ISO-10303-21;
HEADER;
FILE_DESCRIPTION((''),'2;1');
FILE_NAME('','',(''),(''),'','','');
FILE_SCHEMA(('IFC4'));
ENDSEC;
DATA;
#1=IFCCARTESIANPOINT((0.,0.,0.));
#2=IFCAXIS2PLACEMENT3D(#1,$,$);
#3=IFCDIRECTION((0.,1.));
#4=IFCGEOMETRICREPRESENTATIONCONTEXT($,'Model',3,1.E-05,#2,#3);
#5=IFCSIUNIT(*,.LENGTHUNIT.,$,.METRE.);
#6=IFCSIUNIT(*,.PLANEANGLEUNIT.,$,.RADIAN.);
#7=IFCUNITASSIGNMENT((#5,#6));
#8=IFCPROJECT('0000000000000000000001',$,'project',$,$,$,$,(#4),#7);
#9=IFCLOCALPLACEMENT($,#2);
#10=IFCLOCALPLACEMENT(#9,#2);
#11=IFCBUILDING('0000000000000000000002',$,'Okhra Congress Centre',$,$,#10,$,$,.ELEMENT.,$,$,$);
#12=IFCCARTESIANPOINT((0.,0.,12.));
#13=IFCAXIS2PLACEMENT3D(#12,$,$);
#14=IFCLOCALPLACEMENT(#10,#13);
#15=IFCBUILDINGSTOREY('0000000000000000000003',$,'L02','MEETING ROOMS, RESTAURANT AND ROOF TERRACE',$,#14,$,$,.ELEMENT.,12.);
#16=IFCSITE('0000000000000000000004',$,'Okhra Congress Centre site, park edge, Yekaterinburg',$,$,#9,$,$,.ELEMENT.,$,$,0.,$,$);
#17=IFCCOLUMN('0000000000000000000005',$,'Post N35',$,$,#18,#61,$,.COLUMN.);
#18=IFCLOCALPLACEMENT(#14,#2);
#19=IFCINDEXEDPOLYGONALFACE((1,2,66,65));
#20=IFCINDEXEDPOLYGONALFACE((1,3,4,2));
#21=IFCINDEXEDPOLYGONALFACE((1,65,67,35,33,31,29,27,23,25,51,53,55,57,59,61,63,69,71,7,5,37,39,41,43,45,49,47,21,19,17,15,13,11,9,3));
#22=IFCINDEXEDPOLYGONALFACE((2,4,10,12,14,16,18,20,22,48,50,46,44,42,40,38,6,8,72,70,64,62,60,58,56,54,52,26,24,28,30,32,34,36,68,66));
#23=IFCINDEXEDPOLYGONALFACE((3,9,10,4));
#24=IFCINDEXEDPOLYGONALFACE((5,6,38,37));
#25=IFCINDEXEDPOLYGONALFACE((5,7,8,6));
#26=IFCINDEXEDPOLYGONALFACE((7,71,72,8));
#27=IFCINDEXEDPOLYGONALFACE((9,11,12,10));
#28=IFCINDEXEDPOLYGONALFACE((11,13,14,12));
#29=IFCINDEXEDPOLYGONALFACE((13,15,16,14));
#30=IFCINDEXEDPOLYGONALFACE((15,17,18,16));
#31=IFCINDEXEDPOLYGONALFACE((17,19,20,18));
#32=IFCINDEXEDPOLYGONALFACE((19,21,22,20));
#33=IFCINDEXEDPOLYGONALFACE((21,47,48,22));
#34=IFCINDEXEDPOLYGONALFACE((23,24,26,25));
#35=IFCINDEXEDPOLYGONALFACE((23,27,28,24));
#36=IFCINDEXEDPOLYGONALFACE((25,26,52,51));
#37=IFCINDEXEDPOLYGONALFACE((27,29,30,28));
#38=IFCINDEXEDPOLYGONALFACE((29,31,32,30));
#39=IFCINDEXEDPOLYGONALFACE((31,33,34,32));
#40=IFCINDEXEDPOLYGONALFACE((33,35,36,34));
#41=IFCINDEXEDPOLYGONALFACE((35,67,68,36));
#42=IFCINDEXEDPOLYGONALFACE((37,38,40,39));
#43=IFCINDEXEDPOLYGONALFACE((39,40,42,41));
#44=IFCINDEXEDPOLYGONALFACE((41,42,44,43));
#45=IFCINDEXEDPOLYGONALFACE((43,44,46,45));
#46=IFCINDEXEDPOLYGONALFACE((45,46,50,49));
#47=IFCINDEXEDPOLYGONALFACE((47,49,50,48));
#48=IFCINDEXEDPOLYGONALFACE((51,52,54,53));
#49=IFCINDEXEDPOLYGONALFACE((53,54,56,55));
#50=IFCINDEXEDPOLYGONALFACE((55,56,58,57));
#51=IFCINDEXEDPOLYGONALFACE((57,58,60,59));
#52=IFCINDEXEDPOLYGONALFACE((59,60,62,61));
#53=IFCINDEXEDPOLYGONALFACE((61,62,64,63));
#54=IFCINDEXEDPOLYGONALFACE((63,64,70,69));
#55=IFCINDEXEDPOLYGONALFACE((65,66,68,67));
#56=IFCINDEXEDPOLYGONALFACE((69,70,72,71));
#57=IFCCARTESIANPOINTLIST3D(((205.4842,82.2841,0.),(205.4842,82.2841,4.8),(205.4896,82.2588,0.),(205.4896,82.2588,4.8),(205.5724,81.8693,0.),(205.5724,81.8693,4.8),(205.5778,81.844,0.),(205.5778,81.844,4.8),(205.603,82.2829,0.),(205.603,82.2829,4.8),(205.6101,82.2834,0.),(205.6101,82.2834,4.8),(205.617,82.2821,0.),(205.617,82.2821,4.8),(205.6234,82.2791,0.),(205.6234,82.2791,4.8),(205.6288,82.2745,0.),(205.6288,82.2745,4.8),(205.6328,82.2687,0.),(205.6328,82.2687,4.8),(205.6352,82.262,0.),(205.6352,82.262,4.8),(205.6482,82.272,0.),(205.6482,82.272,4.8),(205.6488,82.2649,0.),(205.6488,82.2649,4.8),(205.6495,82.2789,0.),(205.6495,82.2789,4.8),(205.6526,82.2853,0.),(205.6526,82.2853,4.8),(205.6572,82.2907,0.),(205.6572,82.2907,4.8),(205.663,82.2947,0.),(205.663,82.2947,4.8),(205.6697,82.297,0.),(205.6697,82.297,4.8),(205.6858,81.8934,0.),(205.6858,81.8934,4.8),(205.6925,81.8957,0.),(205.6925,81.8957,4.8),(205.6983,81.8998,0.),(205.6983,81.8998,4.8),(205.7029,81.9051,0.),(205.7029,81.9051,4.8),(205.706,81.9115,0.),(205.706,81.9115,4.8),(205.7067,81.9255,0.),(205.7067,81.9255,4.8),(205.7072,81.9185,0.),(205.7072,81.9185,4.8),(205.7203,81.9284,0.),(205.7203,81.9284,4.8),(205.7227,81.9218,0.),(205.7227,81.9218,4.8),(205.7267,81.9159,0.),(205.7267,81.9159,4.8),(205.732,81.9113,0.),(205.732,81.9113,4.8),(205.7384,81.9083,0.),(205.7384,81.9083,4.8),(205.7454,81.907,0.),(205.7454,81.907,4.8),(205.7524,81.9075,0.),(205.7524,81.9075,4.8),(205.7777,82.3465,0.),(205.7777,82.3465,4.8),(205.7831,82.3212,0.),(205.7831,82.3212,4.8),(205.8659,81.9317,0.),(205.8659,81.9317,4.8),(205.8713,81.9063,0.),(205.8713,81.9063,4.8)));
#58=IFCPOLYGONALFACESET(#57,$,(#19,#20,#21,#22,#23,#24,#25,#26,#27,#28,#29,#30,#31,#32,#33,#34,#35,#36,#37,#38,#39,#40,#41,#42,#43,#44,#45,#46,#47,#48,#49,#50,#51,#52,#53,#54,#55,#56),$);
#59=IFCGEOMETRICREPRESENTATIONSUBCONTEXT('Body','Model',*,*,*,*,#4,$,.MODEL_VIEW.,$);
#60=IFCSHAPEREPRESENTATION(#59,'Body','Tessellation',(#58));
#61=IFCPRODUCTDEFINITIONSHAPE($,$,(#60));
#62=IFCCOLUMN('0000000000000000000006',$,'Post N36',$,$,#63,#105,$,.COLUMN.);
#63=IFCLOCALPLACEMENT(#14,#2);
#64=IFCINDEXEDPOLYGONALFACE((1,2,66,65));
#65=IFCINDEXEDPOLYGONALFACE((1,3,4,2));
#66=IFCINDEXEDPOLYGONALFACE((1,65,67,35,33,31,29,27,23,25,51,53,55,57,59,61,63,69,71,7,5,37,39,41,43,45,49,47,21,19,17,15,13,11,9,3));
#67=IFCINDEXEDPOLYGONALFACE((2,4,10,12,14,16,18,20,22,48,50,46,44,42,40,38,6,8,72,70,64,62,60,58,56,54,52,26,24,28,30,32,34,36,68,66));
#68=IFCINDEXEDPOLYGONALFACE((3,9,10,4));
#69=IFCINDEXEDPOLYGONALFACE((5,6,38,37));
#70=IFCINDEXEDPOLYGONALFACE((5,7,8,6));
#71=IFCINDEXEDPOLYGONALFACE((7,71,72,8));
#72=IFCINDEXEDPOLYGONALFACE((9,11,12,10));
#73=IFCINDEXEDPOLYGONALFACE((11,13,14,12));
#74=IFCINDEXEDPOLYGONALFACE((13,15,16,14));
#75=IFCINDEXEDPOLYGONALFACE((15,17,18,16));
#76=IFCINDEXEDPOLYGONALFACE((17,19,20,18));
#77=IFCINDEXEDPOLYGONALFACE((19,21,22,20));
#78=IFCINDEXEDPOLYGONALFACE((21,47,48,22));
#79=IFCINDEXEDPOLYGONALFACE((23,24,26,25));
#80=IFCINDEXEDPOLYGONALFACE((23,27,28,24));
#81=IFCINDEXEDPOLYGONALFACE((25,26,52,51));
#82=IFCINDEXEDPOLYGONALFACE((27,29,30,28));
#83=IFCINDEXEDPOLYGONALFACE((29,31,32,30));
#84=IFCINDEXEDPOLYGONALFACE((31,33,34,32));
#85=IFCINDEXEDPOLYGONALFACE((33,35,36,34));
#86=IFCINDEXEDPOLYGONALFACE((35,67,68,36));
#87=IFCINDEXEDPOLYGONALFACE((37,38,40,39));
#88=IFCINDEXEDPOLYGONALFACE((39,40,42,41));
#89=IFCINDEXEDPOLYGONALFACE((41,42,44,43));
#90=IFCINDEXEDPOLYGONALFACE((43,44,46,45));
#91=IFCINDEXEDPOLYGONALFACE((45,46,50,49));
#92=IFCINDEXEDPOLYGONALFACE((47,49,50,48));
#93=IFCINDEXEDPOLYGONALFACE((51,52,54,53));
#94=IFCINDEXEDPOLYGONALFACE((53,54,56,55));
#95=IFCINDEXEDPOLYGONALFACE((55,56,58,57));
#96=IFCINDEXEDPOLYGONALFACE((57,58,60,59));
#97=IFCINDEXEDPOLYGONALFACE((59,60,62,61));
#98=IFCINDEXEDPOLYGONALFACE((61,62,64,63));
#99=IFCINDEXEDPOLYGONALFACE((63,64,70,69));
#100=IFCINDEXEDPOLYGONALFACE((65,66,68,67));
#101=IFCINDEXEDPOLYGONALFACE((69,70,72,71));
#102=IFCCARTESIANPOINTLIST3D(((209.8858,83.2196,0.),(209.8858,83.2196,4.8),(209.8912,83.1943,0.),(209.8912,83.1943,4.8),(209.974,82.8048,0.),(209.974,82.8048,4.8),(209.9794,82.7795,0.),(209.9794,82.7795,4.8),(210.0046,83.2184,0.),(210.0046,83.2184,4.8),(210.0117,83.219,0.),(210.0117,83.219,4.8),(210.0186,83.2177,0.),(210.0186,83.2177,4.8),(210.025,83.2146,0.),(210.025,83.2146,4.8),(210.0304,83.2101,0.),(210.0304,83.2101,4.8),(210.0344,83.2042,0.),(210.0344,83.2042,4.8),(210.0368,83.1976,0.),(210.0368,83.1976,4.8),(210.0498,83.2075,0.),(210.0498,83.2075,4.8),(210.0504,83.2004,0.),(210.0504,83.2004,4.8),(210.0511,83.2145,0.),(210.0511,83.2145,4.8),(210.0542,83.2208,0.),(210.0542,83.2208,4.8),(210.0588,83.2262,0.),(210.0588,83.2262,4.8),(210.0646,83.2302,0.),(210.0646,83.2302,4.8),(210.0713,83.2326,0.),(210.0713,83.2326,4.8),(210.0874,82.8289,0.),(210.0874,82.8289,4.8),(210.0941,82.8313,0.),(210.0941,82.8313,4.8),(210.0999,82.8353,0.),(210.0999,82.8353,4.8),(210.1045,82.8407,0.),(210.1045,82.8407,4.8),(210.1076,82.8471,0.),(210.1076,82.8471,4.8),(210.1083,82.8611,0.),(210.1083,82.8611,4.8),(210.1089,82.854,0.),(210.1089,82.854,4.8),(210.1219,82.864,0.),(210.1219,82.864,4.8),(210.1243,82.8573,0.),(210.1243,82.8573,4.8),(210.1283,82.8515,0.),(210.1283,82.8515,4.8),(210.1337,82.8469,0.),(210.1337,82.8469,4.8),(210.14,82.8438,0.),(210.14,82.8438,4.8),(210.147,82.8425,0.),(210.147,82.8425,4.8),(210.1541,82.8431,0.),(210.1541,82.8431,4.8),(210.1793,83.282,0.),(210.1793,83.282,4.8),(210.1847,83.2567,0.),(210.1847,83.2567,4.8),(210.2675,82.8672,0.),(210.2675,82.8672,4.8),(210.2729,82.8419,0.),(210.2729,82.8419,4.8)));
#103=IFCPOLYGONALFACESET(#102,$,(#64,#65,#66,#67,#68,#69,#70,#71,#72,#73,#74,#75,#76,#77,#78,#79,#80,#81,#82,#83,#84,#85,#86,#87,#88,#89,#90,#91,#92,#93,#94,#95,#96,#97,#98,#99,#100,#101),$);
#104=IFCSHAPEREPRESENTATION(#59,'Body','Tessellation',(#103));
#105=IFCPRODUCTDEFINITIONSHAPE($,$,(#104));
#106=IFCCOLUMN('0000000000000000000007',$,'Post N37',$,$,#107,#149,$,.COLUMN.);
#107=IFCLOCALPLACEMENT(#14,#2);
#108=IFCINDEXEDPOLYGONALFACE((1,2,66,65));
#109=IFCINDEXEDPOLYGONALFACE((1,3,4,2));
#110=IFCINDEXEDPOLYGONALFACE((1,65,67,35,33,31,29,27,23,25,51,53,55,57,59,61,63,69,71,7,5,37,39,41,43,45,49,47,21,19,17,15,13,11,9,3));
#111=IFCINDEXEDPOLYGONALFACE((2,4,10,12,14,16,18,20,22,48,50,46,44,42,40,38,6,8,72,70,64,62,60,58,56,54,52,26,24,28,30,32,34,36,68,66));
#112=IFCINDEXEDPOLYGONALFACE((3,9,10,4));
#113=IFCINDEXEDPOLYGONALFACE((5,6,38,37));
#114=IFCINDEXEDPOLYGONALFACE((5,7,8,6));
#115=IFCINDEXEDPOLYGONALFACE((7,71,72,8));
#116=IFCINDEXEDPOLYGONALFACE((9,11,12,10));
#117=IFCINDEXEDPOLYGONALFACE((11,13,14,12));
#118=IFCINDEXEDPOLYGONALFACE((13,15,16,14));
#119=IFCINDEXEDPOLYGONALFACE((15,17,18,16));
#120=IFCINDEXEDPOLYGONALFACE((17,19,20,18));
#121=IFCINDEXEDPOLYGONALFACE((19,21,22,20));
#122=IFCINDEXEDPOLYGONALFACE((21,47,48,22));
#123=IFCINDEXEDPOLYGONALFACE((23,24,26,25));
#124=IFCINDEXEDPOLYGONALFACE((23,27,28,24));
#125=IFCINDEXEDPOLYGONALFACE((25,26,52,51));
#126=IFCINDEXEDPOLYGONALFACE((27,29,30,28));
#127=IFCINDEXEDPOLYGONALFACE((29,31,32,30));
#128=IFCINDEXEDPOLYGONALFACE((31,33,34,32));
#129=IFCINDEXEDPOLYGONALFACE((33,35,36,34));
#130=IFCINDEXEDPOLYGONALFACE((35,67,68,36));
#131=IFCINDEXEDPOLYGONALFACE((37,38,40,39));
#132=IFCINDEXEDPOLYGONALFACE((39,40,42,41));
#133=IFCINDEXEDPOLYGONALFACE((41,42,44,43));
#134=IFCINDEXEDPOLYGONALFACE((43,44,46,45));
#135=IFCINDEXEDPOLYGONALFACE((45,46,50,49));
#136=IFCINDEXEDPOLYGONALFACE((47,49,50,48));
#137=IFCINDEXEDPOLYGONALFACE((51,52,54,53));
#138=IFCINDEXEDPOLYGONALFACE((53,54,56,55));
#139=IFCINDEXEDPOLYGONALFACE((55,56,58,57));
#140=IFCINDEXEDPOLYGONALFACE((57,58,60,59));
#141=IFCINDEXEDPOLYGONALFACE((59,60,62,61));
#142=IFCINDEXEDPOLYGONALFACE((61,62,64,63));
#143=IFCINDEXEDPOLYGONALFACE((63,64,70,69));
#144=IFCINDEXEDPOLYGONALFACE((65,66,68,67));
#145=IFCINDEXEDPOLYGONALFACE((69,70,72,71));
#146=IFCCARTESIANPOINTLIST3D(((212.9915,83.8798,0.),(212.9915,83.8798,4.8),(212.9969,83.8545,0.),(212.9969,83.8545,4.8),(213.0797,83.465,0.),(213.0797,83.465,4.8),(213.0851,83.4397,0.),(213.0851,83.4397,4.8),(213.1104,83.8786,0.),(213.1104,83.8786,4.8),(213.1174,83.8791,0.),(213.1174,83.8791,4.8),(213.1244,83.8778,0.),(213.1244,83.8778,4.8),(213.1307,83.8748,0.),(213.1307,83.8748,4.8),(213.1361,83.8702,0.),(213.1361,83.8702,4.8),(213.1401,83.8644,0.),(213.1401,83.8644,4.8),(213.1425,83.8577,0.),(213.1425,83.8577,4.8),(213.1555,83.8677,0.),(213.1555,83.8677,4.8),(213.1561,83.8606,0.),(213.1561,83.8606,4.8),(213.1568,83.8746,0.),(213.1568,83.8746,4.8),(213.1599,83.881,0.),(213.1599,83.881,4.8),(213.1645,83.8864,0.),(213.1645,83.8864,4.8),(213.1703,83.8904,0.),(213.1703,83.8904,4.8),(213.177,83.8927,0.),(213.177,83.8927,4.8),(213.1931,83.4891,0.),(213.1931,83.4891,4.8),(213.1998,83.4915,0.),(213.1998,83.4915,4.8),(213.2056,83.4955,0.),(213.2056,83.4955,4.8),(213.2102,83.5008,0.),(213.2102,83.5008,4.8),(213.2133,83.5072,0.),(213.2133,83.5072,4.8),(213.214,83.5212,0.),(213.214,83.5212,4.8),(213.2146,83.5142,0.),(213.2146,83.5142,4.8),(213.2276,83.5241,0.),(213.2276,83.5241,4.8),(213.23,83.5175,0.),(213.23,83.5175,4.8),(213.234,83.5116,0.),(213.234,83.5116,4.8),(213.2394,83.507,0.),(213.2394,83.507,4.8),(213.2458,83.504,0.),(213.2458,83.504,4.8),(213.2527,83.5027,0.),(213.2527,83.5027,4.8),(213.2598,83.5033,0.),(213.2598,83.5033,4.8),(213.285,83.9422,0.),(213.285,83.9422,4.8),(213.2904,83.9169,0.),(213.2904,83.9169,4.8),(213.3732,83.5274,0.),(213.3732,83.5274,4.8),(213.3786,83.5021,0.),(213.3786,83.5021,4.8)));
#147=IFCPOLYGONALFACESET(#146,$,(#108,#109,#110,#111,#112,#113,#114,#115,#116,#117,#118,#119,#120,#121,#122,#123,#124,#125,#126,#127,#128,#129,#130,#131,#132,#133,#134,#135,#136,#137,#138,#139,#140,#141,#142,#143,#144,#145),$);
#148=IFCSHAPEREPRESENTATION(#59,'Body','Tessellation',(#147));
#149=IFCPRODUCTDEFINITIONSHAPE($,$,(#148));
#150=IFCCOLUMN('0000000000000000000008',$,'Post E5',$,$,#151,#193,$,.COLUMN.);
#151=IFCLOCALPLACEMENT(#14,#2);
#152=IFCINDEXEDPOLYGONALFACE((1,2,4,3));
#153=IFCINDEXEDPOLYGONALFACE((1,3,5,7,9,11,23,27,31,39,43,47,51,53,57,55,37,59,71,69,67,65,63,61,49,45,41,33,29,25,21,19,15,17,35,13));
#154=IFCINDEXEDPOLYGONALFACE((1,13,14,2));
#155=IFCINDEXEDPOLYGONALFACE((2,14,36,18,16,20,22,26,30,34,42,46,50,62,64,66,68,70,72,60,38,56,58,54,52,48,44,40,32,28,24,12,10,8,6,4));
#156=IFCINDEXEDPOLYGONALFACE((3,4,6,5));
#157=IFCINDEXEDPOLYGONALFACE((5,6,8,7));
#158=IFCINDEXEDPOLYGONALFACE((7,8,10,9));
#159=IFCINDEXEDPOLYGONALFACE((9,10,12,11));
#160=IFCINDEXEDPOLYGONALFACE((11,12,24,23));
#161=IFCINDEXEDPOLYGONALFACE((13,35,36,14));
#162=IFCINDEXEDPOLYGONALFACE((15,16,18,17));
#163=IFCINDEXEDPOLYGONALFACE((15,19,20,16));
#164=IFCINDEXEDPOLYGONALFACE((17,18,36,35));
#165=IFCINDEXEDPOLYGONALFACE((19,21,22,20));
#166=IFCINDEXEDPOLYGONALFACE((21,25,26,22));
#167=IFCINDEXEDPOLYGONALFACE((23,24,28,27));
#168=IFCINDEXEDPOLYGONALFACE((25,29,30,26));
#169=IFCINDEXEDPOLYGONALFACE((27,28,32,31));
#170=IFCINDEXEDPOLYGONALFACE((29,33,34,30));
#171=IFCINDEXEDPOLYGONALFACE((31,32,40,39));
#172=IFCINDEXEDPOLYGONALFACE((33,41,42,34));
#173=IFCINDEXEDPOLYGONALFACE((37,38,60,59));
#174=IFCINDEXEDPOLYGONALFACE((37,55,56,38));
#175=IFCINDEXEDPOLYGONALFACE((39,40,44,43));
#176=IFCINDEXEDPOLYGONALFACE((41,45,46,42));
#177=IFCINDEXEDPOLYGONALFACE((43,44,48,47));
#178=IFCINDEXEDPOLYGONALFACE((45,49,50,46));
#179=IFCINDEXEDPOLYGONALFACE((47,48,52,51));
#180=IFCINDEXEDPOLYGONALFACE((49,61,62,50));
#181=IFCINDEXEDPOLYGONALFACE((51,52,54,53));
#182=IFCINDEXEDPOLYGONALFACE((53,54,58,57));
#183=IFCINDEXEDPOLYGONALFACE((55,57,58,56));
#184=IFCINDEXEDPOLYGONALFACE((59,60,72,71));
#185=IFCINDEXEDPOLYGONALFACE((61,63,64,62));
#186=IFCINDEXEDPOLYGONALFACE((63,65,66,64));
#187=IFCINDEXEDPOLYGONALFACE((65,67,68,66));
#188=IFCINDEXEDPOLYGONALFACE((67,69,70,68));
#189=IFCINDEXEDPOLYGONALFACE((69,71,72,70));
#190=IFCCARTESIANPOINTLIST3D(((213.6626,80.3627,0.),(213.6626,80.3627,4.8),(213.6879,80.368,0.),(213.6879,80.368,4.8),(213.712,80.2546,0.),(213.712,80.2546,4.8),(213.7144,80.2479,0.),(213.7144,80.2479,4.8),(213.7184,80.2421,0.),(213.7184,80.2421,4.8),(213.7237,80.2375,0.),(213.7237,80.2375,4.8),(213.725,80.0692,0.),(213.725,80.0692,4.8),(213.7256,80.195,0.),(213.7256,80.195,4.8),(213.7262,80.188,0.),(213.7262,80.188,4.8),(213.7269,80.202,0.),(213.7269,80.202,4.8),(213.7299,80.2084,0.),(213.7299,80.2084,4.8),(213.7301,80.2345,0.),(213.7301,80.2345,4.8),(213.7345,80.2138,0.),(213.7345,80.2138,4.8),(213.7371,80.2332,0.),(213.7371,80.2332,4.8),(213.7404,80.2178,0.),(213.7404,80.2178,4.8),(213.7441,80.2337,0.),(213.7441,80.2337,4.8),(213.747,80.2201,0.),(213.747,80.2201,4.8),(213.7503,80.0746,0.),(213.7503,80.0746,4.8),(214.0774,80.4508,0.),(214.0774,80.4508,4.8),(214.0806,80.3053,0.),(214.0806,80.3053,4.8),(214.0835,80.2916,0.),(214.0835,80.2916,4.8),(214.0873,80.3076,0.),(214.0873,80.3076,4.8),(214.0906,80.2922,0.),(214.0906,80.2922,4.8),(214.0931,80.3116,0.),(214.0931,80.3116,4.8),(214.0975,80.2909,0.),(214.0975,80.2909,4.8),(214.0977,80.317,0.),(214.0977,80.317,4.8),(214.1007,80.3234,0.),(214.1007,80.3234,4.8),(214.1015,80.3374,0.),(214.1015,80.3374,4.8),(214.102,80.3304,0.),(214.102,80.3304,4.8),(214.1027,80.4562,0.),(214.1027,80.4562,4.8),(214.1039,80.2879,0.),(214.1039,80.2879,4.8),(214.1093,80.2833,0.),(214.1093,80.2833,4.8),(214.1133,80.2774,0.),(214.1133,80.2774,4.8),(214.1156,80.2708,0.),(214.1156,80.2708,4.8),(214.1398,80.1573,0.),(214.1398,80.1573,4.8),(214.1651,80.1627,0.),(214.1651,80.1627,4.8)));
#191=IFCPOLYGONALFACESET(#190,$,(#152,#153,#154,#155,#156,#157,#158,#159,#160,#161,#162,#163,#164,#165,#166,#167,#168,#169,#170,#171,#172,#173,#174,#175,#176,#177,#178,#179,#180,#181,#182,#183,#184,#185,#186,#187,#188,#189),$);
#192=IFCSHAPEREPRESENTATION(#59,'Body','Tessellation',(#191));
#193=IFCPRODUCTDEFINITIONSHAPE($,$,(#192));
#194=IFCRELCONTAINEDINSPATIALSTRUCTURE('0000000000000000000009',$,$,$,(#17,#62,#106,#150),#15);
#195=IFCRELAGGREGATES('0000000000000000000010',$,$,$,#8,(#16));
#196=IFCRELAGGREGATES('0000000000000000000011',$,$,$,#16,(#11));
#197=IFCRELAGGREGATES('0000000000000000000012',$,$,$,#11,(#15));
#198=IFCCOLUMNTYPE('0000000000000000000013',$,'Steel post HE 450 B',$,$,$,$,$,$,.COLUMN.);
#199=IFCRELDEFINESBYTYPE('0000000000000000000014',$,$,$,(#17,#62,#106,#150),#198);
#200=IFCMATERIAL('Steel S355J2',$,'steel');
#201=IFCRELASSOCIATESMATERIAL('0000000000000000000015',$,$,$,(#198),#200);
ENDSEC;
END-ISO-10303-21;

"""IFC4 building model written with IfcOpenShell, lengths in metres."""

from ifc_helpers import new_model, si_unit, direction, frame, origin, origin_2d, place, context, subcontext, project, spatial, i_section, extrude, material, material_profile, profile_set, type_object, element, save


model = new_model("IFC4")

# Units and contexts
model_context = context("Model", 3, precision=1e-05, world=origin(), true_north=direction((0.0, 1.0)))
body_context = subcontext(model_context, "Body", "Model", "MODEL_VIEW")
ifc_project = project(units=[si_unit("LENGTHUNIT", "METRE"), si_unit("PLANEANGLEUNIT", "RADIAN")], contexts=[model_context])

# Site, building, storey
site_placement = place(None, origin())
site = spatial("IfcSite", under=ifc_project, at=site_placement, Name="Okhra Congress Centre site, park edge, Yekaterinburg", CompositionType="ELEMENT", RefElevation=0.0)
building_placement = place(site_placement, origin())
building = spatial("IfcBuilding", under=site, at=building_placement, Name="Okhra Congress Centre", CompositionType="ELEMENT")
storey_placement = place(building_placement, frame((0.0, 0.0, 12.0)))
storey = spatial("IfcBuildingStorey", under=building, at=storey_placement, Name="L02", Description="MEETING ROOMS, RESTAURANT AND ROOF TERRACE", CompositionType="ELEMENT", Elevation=12.0)

# Columns
ifc_material_1 = material(Name="Steel S355J2", Category="steel")
ifc_material_profile_1 = material_profile(ifc_material_1, i_section(OverallWidth=0.3, OverallDepth=0.45, WebThickness=0.0139, FlangeThickness=0.0259, FilletRadius=0.0271, at=origin_2d()), Name="HE 450 B")
ifc_profile_set_1 = profile_set([ifc_material_profile_1], Name="Steel S355J2")
column_type = type_object("IfcColumnType", Name="Steel post HE 450 B", PredefinedType="COLUMN", material=ifc_profile_set_1)
for number, where, z_axis, x_axis, name in (
    (1, (205.6777, 82.0952, 0.0), (0.0, 0.0, 1.0), (0.978148, 0.207912, 0.0), "Post N35"),
    (2, (210.0793, 83.0308, 0.0), (0.0, 0.0, 1.0), (0.978148, 0.207912, 0.0), "Post N36"),
    (3, (213.1851, 83.6909, 0.0), (0.0, 0.0, 1.0), (0.978148, 0.207912, 0.0), "Post N37"),
    (4, (213.9138, 80.2627, 0.0), (0.0, 0.0, 1.0), (-0.207912, 0.978148, 0.0), "Post E5"),
):
    element("IfcColumn", number, at=place(storey_placement, frame(where, z_axis=z_axis, x_axis=x_axis)), inside=storey, type_object=column_type, Name=name, PredefinedType="COLUMN", context=body_context, shape_type="SweptSolid", body=[
        extrude(i_section(OverallWidth=0.3, OverallDepth=0.45, WebThickness=0.0139, FlangeThickness=0.0259, FilletRadius=0.0271, at=origin_2d()), origin(), (0.0, 0.0, 1.0), 4.8),
    ])

save(model, "model.ifc")
